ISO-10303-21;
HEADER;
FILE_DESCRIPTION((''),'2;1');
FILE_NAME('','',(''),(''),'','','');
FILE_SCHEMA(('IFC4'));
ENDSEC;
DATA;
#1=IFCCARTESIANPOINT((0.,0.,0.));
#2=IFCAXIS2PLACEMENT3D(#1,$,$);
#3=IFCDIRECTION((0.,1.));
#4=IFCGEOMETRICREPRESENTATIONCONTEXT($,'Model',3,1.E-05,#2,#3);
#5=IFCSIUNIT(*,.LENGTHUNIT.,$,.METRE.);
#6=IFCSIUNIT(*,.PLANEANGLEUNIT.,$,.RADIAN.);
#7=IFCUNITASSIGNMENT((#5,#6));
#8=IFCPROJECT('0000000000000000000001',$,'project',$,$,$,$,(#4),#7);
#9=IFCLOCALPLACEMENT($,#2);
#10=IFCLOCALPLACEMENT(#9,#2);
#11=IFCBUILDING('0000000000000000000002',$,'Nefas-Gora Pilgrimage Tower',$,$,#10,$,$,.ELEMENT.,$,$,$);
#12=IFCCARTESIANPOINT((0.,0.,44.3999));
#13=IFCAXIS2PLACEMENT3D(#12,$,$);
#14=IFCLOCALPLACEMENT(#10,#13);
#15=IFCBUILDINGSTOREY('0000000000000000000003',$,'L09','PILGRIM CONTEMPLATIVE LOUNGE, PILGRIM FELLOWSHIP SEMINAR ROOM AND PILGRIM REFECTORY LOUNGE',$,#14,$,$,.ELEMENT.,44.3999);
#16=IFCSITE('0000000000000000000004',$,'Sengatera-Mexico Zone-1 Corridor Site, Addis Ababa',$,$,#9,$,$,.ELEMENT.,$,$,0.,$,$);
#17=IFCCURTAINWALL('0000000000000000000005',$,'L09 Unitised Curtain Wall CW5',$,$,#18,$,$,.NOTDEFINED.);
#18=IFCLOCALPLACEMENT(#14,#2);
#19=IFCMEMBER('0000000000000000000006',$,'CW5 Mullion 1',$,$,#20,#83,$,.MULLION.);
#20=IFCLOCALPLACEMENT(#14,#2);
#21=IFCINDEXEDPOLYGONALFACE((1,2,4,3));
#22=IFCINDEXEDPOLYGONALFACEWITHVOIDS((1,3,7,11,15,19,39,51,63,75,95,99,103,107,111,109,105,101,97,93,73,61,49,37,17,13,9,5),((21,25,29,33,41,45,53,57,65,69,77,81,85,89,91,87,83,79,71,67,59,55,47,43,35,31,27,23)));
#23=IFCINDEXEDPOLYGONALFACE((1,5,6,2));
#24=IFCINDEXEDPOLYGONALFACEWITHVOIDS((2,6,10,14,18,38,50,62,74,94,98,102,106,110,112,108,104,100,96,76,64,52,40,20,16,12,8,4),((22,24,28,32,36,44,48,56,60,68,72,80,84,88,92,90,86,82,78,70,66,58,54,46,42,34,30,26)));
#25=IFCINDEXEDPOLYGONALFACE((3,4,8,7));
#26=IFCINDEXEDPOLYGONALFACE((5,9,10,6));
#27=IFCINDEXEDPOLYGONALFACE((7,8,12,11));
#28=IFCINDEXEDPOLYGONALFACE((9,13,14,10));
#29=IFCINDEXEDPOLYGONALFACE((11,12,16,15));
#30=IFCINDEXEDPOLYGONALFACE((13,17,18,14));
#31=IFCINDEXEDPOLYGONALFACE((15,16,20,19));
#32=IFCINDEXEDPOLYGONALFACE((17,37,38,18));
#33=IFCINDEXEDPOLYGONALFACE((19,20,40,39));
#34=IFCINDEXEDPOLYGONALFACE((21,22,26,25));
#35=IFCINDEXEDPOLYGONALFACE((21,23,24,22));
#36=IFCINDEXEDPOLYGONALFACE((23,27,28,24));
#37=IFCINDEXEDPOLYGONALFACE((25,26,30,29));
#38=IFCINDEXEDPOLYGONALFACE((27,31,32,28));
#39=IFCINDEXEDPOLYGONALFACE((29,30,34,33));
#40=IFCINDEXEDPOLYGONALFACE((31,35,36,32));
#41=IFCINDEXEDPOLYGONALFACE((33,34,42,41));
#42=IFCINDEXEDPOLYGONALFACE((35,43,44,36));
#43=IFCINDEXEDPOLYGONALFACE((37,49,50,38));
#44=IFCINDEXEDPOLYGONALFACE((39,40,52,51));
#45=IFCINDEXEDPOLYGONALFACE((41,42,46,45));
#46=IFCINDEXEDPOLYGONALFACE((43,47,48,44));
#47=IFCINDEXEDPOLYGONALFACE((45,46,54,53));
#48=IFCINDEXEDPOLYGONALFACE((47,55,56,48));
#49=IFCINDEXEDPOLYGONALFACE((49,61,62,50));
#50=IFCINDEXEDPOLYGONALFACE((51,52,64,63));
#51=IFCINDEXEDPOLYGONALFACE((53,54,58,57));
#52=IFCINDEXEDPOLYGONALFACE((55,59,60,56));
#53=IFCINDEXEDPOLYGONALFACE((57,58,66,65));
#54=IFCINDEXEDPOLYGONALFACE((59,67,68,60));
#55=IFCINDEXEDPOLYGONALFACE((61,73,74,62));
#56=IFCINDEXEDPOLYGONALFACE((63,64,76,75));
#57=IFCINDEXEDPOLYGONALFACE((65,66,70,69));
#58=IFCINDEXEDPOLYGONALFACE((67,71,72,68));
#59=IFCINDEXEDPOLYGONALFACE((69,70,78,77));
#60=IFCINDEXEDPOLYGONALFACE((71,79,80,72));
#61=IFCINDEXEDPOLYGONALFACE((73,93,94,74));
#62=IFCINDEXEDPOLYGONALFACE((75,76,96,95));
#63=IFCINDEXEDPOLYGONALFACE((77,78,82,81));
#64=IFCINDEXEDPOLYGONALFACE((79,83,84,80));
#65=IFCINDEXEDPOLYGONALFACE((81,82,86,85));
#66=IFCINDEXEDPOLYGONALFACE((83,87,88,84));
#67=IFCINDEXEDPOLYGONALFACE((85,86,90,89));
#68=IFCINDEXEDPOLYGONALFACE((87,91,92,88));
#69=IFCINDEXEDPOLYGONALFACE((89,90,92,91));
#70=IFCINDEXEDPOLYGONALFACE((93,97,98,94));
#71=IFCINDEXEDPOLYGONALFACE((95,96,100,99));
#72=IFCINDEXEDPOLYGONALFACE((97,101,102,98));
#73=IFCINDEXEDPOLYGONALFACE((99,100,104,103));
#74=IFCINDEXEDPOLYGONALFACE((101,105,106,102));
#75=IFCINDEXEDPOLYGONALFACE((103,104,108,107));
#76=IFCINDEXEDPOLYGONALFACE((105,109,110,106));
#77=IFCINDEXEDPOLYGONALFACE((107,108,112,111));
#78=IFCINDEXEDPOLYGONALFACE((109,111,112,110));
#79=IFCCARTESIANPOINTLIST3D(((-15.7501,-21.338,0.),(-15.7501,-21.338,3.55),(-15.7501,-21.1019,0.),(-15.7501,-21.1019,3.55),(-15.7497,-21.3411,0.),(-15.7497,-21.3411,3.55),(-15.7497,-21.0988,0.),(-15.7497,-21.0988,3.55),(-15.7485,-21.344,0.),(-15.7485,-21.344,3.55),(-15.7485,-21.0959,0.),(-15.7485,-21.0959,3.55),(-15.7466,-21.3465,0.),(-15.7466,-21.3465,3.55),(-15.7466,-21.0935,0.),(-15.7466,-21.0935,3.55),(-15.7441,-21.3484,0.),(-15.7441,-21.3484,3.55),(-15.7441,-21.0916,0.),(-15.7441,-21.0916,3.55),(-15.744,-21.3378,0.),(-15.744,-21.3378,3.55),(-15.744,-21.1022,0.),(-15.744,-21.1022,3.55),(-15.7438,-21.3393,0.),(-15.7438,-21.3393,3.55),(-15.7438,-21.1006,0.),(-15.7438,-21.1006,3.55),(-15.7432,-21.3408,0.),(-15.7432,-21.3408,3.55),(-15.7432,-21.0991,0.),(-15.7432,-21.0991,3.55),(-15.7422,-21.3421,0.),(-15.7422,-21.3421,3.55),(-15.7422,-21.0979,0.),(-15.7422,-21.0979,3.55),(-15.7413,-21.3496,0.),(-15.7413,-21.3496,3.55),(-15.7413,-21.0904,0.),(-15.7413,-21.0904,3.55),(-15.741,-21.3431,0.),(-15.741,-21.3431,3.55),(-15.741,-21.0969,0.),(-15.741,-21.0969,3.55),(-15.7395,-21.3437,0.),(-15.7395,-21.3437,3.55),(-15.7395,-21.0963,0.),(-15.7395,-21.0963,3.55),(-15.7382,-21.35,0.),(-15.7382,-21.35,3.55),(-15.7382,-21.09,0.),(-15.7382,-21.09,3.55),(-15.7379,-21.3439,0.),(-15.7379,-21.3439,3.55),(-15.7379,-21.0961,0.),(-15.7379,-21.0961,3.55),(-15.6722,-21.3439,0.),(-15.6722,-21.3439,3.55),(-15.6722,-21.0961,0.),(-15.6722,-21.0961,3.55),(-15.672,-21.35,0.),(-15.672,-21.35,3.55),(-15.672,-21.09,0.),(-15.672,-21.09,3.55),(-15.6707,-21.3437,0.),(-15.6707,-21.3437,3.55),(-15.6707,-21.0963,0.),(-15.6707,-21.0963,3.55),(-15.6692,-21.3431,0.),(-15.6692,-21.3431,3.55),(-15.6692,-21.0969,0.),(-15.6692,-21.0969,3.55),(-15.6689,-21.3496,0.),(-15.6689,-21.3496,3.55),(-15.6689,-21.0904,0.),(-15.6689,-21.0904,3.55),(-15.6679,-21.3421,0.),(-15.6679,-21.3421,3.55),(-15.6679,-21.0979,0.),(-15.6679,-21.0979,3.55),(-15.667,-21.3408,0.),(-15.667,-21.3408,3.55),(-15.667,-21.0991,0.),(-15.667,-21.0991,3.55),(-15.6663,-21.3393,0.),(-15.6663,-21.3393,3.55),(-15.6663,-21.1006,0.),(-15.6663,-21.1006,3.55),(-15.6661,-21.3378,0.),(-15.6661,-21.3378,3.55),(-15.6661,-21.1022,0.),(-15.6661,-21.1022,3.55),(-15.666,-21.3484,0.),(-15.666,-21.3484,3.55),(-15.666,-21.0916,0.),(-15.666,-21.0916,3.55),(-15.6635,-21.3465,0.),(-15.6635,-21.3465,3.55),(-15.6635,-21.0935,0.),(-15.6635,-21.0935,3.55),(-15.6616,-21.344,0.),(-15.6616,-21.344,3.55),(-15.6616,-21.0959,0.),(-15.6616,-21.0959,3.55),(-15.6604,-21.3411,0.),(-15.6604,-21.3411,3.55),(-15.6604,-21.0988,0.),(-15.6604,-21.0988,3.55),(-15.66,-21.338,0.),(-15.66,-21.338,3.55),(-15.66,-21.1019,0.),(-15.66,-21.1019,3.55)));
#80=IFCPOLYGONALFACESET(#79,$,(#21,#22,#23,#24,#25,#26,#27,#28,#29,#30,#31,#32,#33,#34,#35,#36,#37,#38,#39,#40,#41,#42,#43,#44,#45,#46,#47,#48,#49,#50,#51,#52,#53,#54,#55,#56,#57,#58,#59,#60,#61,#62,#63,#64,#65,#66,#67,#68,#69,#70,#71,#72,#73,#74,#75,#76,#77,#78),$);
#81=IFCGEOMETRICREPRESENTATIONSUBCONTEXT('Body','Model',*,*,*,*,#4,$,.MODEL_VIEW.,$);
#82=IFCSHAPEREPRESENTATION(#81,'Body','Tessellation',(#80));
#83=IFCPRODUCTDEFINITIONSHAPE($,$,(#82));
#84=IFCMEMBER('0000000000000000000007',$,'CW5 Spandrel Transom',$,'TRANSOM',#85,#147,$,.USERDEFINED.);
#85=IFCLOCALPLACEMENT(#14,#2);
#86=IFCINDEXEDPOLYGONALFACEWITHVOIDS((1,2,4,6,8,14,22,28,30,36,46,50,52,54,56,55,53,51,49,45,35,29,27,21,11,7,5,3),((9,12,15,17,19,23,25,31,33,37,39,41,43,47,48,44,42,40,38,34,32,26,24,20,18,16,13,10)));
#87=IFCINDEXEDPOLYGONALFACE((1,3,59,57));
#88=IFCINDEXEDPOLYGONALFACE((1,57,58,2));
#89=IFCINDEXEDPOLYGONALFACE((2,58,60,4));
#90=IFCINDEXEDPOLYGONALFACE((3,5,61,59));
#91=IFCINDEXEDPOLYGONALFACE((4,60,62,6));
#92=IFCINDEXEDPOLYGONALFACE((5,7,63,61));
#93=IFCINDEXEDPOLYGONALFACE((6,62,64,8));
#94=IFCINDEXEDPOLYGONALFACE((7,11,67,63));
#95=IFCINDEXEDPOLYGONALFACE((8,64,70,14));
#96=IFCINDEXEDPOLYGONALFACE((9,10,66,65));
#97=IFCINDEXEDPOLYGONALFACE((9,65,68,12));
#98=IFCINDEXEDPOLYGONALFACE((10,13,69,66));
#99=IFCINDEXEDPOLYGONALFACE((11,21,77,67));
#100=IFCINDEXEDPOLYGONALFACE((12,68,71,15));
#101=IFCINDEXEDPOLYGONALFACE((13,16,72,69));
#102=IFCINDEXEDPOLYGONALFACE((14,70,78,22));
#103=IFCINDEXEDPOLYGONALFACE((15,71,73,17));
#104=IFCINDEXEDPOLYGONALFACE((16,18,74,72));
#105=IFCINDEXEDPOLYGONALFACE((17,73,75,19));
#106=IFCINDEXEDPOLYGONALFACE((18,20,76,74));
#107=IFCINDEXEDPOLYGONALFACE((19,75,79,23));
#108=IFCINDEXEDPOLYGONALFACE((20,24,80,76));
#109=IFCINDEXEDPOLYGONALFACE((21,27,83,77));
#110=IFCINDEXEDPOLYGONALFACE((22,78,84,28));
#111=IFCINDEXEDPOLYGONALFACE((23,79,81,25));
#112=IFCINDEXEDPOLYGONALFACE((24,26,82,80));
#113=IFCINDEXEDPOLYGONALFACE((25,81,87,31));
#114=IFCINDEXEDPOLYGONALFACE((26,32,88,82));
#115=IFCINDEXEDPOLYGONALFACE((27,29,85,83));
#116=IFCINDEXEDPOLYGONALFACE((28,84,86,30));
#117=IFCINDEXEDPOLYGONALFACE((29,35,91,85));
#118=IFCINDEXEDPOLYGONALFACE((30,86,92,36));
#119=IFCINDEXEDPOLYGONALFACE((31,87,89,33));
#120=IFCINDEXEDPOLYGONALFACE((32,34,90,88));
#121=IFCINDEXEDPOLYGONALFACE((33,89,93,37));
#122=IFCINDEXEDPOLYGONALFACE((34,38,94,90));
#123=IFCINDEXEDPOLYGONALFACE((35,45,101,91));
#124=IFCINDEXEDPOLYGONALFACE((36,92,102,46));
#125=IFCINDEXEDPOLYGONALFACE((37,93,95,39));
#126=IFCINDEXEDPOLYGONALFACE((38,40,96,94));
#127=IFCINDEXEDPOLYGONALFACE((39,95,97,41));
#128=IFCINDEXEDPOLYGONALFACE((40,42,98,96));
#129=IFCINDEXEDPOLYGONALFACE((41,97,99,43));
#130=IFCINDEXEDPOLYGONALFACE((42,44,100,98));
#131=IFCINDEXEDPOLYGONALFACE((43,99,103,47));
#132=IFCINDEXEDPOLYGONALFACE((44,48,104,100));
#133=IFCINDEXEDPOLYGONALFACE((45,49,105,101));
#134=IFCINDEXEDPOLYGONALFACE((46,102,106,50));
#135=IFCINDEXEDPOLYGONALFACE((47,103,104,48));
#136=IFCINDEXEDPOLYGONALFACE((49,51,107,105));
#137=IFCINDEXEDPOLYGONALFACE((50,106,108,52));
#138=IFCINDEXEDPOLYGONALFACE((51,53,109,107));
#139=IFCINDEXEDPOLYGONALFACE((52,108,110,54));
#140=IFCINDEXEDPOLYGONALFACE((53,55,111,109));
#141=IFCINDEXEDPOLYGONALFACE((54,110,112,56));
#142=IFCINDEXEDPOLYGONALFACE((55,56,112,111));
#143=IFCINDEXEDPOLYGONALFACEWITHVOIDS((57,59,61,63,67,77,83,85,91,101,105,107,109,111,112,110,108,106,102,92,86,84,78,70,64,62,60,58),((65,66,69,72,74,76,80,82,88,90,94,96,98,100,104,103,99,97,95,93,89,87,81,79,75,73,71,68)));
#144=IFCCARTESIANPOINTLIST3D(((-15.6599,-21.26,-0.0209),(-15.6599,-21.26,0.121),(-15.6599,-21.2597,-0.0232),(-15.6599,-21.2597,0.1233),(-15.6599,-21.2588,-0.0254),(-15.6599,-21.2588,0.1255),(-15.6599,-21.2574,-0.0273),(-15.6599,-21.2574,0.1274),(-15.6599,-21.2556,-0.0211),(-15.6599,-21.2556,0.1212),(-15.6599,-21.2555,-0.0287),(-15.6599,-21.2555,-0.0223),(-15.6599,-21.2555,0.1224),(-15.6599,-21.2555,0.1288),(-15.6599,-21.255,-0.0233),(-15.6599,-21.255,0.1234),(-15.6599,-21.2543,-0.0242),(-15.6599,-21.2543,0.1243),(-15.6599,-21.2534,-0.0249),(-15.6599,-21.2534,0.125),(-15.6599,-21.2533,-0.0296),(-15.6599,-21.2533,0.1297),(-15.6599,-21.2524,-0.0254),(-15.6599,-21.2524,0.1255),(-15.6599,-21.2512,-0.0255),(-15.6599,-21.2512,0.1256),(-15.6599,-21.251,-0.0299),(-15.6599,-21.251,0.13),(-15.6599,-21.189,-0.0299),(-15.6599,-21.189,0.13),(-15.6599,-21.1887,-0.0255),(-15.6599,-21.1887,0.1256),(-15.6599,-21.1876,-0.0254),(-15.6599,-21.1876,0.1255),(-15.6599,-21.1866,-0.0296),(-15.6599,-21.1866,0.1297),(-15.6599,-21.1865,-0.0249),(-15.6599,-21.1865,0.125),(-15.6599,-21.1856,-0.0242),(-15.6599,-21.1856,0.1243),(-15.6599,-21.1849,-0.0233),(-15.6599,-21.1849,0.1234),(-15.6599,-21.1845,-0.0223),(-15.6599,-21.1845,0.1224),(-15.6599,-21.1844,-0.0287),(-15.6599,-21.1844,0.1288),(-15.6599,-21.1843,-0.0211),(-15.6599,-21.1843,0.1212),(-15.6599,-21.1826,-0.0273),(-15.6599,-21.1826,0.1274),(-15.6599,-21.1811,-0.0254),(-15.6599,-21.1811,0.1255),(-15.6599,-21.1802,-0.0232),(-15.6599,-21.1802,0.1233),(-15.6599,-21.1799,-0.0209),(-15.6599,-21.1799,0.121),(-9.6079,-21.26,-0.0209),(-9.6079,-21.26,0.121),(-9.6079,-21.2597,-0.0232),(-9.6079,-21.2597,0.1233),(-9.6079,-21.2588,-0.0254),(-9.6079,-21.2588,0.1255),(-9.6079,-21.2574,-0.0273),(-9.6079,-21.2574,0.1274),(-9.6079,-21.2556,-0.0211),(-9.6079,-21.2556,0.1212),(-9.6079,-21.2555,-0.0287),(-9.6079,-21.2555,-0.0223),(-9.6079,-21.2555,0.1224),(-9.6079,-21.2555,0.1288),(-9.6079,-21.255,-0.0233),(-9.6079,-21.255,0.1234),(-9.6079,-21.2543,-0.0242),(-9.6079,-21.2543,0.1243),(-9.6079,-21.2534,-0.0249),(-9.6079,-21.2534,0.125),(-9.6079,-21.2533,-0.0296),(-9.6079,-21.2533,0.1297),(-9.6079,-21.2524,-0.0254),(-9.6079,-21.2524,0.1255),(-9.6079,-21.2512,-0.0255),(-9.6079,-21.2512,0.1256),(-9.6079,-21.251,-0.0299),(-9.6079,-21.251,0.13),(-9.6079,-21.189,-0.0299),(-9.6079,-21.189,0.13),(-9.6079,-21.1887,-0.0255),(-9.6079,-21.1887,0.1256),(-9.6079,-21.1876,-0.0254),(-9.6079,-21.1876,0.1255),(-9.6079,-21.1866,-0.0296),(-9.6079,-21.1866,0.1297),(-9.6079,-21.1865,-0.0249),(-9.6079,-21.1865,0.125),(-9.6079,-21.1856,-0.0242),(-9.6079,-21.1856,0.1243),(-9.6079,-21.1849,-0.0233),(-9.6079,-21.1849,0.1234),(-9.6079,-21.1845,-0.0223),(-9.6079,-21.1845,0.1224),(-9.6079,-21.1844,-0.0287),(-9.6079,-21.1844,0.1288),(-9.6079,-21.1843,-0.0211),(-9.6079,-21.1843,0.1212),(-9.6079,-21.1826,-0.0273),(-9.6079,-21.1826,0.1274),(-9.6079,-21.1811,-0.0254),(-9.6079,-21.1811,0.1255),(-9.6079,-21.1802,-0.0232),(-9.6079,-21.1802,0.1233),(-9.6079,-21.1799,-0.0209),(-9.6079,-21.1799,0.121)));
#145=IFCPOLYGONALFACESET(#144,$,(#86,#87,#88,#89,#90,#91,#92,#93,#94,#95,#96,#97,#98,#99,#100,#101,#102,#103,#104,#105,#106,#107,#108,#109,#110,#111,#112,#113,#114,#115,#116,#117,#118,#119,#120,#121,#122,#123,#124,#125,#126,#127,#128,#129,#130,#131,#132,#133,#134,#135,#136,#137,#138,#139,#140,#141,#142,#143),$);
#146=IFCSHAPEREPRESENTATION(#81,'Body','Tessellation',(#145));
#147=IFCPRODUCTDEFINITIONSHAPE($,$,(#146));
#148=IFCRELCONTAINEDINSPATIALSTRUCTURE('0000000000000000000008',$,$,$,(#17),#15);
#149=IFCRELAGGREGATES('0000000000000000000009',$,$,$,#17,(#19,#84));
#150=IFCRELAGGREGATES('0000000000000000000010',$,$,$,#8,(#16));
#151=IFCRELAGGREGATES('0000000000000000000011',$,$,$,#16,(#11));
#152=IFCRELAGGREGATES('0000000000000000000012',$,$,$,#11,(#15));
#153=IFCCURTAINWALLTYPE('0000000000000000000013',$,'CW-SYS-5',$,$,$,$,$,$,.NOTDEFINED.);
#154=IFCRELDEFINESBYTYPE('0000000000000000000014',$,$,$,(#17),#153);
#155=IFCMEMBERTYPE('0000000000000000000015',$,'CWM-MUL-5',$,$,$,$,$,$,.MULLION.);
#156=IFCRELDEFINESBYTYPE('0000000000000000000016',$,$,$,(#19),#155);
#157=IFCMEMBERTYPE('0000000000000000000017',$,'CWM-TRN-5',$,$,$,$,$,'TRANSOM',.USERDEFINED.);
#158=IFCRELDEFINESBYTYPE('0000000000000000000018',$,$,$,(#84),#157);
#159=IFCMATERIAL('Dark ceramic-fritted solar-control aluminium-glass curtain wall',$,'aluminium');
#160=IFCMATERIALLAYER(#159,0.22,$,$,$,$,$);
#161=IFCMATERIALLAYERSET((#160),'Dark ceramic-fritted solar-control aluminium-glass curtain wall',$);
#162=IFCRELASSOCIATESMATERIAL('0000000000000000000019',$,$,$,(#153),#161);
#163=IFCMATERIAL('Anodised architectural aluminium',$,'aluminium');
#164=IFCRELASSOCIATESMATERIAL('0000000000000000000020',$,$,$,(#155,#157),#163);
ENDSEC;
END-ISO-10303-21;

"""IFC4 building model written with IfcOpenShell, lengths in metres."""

from ifc_helpers import new_model, si_unit, direction, frame, origin, origin_2d, place, context, subcontext, project, spatial, hollow_rectangle, extrude, source, transform, mapped, material, layer, layer_set, material_profile, profile_set, type_object, element, aggregate, save


model = new_model("IFC4")

# Units and contexts
model_context = context("Model", 3, precision=1e-05, world=origin(), true_north=direction((0.0, 1.0)))
body_context = subcontext(model_context, "Body", "Model", "MODEL_VIEW")
ifc_project = project(units=[si_unit("LENGTHUNIT", "METRE"), si_unit("PLANEANGLEUNIT", "RADIAN")], contexts=[model_context])

# Site, building, storey
site_placement = place(None, origin())
site = spatial("IfcSite", under=ifc_project, at=site_placement, Name="Sengatera-Mexico Zone-1 Corridor Site, Addis Ababa", CompositionType="ELEMENT", RefElevation=0.0)
building_placement = place(site_placement, origin())
building = spatial("IfcBuilding", under=site, at=building_placement, Name="Nefas-Gora Pilgrimage Tower", CompositionType="ELEMENT")
storey_placement = place(building_placement, frame((0.0, 0.0, 44.3999)))
storey = spatial("IfcBuildingStorey", under=building, at=storey_placement, Name="L09", Description="PILGRIM CONTEMPLATIVE LOUNGE, PILGRIM FELLOWSHIP SEMINAR ROOM AND PILGRIM REFECTORY LOUNGE", CompositionType="ELEMENT", Elevation=44.3999)

# Curtain wall, members
ifc_material_1 = material(Name="Dark ceramic-fritted solar-control aluminium-glass curtain wall", Category="aluminium")
ifc_layer_1 = layer(ifc_material_1, 0.22)
ifc_layer_set_1 = layer_set([ifc_layer_1], Name="Dark ceramic-fritted solar-control aluminium-glass curtain wall")
curtain_wall_type_1 = type_object("IfcCurtainWallType", Name="CW-SYS-5", PredefinedType="NOTDEFINED", material=ifc_layer_set_1)
curtain_wall_1_placement = place(storey_placement, origin())
curtain_wall_1 = element("IfcCurtainWall", 1, at=curtain_wall_1_placement, inside=storey, type_object=curtain_wall_type_1, Name="L09 Unitised Curtain Wall CW5", PredefinedType="NOTDEFINED")
ifc_material_2 = material(Name="Anodised architectural aluminium", Category="aluminium")
ifc_material_profile_1 = material_profile(ifc_material_2, hollow_rectangle(XDim=0.0901, YDim=0.26, WallThickness=0.0061, InnerFilletRadius=0.0061, OuterFilletRadius=0.012, at=origin_2d()), Name="ALU MULLION 90x260")
ifc_profile_set_1 = profile_set([ifc_material_profile_1], Name="Anodised architectural aluminium")
member_type_1 = type_object("IfcMemberType", Name="CWM-MUL-5", PredefinedType="MULLION", material=ifc_profile_set_1)
shared_shape_1 = source(origin(), body_context, "Body", "SweptSolid", [
    extrude(hollow_rectangle(XDim=0.0901, YDim=0.26, WallThickness=0.0061, InnerFilletRadius=0.0061, OuterFilletRadius=0.012, at=origin_2d()), origin(), (0.0, 0.0, 1.0), 3.55),
])
member_1_placement = place(storey_placement, frame((-15.7051, -21.22, 0.0), z_axis=(0.0, 0.0, 1.0), x_axis=(1.0, 0.0, 0.0)))
member_1 = element("IfcMember", 2, at=member_1_placement, type_object=member_type_1, Name="CW5 Mullion 1", PredefinedType="MULLION", context=body_context, shape_type="MappedRepresentation", body=[
    mapped(shared_shape_1, transform((0.0, 0.0, 0.0), x_axis=(1.0, 0.0, 0.0), y_axis=(0.0, 1.0, 0.0), z_axis=(0.0, 0.0, 1.0), scale=1.0)),
])
ifc_material_profile_2 = material_profile(ifc_material_2, hollow_rectangle(XDim=0.0801, YDim=0.1599, WallThickness=0.0044, InnerFilletRadius=0.0044, OuterFilletRadius=0.009, at=origin_2d()), Name="ALU TRANSOM 80x160")
ifc_profile_set_2 = profile_set([ifc_material_profile_2], Name="Anodised architectural aluminium")
member_type_2 = type_object("IfcMemberType", Name="CWM-TRN-5", ElementType="TRANSOM", PredefinedType="USERDEFINED", material=ifc_profile_set_2)
shared_shape_2 = source(origin(), body_context, "Body", "SweptSolid", [
    extrude(hollow_rectangle(XDim=0.0801, YDim=0.1599, WallThickness=0.0044, InnerFilletRadius=0.0044, OuterFilletRadius=0.009, at=origin_2d()), origin(), (0.0, 0.0, 1.0), 6.052),
])
member_2_placement = place(storey_placement, frame((-15.6599, -21.22, 0.05), z_axis=(1.0, 0.0, 0.0), x_axis=(0.0, 1.0, 0.0)))
member_2 = element("IfcMember", 3, at=member_2_placement, type_object=member_type_2, Name="CW5 Spandrel Transom", ObjectType="TRANSOM", PredefinedType="USERDEFINED", context=body_context, shape_type="MappedRepresentation", body=[
    mapped(shared_shape_2, transform((0.0, 0.0, 0.0), x_axis=(1.0, 0.0, 0.0), y_axis=(0.0, 1.0, 0.0), z_axis=(0.0, 0.0, 1.0), scale=1.0)),
])

aggregate(curtain_wall_1, [member_1, member_2])

save(model, "model.ifc")
